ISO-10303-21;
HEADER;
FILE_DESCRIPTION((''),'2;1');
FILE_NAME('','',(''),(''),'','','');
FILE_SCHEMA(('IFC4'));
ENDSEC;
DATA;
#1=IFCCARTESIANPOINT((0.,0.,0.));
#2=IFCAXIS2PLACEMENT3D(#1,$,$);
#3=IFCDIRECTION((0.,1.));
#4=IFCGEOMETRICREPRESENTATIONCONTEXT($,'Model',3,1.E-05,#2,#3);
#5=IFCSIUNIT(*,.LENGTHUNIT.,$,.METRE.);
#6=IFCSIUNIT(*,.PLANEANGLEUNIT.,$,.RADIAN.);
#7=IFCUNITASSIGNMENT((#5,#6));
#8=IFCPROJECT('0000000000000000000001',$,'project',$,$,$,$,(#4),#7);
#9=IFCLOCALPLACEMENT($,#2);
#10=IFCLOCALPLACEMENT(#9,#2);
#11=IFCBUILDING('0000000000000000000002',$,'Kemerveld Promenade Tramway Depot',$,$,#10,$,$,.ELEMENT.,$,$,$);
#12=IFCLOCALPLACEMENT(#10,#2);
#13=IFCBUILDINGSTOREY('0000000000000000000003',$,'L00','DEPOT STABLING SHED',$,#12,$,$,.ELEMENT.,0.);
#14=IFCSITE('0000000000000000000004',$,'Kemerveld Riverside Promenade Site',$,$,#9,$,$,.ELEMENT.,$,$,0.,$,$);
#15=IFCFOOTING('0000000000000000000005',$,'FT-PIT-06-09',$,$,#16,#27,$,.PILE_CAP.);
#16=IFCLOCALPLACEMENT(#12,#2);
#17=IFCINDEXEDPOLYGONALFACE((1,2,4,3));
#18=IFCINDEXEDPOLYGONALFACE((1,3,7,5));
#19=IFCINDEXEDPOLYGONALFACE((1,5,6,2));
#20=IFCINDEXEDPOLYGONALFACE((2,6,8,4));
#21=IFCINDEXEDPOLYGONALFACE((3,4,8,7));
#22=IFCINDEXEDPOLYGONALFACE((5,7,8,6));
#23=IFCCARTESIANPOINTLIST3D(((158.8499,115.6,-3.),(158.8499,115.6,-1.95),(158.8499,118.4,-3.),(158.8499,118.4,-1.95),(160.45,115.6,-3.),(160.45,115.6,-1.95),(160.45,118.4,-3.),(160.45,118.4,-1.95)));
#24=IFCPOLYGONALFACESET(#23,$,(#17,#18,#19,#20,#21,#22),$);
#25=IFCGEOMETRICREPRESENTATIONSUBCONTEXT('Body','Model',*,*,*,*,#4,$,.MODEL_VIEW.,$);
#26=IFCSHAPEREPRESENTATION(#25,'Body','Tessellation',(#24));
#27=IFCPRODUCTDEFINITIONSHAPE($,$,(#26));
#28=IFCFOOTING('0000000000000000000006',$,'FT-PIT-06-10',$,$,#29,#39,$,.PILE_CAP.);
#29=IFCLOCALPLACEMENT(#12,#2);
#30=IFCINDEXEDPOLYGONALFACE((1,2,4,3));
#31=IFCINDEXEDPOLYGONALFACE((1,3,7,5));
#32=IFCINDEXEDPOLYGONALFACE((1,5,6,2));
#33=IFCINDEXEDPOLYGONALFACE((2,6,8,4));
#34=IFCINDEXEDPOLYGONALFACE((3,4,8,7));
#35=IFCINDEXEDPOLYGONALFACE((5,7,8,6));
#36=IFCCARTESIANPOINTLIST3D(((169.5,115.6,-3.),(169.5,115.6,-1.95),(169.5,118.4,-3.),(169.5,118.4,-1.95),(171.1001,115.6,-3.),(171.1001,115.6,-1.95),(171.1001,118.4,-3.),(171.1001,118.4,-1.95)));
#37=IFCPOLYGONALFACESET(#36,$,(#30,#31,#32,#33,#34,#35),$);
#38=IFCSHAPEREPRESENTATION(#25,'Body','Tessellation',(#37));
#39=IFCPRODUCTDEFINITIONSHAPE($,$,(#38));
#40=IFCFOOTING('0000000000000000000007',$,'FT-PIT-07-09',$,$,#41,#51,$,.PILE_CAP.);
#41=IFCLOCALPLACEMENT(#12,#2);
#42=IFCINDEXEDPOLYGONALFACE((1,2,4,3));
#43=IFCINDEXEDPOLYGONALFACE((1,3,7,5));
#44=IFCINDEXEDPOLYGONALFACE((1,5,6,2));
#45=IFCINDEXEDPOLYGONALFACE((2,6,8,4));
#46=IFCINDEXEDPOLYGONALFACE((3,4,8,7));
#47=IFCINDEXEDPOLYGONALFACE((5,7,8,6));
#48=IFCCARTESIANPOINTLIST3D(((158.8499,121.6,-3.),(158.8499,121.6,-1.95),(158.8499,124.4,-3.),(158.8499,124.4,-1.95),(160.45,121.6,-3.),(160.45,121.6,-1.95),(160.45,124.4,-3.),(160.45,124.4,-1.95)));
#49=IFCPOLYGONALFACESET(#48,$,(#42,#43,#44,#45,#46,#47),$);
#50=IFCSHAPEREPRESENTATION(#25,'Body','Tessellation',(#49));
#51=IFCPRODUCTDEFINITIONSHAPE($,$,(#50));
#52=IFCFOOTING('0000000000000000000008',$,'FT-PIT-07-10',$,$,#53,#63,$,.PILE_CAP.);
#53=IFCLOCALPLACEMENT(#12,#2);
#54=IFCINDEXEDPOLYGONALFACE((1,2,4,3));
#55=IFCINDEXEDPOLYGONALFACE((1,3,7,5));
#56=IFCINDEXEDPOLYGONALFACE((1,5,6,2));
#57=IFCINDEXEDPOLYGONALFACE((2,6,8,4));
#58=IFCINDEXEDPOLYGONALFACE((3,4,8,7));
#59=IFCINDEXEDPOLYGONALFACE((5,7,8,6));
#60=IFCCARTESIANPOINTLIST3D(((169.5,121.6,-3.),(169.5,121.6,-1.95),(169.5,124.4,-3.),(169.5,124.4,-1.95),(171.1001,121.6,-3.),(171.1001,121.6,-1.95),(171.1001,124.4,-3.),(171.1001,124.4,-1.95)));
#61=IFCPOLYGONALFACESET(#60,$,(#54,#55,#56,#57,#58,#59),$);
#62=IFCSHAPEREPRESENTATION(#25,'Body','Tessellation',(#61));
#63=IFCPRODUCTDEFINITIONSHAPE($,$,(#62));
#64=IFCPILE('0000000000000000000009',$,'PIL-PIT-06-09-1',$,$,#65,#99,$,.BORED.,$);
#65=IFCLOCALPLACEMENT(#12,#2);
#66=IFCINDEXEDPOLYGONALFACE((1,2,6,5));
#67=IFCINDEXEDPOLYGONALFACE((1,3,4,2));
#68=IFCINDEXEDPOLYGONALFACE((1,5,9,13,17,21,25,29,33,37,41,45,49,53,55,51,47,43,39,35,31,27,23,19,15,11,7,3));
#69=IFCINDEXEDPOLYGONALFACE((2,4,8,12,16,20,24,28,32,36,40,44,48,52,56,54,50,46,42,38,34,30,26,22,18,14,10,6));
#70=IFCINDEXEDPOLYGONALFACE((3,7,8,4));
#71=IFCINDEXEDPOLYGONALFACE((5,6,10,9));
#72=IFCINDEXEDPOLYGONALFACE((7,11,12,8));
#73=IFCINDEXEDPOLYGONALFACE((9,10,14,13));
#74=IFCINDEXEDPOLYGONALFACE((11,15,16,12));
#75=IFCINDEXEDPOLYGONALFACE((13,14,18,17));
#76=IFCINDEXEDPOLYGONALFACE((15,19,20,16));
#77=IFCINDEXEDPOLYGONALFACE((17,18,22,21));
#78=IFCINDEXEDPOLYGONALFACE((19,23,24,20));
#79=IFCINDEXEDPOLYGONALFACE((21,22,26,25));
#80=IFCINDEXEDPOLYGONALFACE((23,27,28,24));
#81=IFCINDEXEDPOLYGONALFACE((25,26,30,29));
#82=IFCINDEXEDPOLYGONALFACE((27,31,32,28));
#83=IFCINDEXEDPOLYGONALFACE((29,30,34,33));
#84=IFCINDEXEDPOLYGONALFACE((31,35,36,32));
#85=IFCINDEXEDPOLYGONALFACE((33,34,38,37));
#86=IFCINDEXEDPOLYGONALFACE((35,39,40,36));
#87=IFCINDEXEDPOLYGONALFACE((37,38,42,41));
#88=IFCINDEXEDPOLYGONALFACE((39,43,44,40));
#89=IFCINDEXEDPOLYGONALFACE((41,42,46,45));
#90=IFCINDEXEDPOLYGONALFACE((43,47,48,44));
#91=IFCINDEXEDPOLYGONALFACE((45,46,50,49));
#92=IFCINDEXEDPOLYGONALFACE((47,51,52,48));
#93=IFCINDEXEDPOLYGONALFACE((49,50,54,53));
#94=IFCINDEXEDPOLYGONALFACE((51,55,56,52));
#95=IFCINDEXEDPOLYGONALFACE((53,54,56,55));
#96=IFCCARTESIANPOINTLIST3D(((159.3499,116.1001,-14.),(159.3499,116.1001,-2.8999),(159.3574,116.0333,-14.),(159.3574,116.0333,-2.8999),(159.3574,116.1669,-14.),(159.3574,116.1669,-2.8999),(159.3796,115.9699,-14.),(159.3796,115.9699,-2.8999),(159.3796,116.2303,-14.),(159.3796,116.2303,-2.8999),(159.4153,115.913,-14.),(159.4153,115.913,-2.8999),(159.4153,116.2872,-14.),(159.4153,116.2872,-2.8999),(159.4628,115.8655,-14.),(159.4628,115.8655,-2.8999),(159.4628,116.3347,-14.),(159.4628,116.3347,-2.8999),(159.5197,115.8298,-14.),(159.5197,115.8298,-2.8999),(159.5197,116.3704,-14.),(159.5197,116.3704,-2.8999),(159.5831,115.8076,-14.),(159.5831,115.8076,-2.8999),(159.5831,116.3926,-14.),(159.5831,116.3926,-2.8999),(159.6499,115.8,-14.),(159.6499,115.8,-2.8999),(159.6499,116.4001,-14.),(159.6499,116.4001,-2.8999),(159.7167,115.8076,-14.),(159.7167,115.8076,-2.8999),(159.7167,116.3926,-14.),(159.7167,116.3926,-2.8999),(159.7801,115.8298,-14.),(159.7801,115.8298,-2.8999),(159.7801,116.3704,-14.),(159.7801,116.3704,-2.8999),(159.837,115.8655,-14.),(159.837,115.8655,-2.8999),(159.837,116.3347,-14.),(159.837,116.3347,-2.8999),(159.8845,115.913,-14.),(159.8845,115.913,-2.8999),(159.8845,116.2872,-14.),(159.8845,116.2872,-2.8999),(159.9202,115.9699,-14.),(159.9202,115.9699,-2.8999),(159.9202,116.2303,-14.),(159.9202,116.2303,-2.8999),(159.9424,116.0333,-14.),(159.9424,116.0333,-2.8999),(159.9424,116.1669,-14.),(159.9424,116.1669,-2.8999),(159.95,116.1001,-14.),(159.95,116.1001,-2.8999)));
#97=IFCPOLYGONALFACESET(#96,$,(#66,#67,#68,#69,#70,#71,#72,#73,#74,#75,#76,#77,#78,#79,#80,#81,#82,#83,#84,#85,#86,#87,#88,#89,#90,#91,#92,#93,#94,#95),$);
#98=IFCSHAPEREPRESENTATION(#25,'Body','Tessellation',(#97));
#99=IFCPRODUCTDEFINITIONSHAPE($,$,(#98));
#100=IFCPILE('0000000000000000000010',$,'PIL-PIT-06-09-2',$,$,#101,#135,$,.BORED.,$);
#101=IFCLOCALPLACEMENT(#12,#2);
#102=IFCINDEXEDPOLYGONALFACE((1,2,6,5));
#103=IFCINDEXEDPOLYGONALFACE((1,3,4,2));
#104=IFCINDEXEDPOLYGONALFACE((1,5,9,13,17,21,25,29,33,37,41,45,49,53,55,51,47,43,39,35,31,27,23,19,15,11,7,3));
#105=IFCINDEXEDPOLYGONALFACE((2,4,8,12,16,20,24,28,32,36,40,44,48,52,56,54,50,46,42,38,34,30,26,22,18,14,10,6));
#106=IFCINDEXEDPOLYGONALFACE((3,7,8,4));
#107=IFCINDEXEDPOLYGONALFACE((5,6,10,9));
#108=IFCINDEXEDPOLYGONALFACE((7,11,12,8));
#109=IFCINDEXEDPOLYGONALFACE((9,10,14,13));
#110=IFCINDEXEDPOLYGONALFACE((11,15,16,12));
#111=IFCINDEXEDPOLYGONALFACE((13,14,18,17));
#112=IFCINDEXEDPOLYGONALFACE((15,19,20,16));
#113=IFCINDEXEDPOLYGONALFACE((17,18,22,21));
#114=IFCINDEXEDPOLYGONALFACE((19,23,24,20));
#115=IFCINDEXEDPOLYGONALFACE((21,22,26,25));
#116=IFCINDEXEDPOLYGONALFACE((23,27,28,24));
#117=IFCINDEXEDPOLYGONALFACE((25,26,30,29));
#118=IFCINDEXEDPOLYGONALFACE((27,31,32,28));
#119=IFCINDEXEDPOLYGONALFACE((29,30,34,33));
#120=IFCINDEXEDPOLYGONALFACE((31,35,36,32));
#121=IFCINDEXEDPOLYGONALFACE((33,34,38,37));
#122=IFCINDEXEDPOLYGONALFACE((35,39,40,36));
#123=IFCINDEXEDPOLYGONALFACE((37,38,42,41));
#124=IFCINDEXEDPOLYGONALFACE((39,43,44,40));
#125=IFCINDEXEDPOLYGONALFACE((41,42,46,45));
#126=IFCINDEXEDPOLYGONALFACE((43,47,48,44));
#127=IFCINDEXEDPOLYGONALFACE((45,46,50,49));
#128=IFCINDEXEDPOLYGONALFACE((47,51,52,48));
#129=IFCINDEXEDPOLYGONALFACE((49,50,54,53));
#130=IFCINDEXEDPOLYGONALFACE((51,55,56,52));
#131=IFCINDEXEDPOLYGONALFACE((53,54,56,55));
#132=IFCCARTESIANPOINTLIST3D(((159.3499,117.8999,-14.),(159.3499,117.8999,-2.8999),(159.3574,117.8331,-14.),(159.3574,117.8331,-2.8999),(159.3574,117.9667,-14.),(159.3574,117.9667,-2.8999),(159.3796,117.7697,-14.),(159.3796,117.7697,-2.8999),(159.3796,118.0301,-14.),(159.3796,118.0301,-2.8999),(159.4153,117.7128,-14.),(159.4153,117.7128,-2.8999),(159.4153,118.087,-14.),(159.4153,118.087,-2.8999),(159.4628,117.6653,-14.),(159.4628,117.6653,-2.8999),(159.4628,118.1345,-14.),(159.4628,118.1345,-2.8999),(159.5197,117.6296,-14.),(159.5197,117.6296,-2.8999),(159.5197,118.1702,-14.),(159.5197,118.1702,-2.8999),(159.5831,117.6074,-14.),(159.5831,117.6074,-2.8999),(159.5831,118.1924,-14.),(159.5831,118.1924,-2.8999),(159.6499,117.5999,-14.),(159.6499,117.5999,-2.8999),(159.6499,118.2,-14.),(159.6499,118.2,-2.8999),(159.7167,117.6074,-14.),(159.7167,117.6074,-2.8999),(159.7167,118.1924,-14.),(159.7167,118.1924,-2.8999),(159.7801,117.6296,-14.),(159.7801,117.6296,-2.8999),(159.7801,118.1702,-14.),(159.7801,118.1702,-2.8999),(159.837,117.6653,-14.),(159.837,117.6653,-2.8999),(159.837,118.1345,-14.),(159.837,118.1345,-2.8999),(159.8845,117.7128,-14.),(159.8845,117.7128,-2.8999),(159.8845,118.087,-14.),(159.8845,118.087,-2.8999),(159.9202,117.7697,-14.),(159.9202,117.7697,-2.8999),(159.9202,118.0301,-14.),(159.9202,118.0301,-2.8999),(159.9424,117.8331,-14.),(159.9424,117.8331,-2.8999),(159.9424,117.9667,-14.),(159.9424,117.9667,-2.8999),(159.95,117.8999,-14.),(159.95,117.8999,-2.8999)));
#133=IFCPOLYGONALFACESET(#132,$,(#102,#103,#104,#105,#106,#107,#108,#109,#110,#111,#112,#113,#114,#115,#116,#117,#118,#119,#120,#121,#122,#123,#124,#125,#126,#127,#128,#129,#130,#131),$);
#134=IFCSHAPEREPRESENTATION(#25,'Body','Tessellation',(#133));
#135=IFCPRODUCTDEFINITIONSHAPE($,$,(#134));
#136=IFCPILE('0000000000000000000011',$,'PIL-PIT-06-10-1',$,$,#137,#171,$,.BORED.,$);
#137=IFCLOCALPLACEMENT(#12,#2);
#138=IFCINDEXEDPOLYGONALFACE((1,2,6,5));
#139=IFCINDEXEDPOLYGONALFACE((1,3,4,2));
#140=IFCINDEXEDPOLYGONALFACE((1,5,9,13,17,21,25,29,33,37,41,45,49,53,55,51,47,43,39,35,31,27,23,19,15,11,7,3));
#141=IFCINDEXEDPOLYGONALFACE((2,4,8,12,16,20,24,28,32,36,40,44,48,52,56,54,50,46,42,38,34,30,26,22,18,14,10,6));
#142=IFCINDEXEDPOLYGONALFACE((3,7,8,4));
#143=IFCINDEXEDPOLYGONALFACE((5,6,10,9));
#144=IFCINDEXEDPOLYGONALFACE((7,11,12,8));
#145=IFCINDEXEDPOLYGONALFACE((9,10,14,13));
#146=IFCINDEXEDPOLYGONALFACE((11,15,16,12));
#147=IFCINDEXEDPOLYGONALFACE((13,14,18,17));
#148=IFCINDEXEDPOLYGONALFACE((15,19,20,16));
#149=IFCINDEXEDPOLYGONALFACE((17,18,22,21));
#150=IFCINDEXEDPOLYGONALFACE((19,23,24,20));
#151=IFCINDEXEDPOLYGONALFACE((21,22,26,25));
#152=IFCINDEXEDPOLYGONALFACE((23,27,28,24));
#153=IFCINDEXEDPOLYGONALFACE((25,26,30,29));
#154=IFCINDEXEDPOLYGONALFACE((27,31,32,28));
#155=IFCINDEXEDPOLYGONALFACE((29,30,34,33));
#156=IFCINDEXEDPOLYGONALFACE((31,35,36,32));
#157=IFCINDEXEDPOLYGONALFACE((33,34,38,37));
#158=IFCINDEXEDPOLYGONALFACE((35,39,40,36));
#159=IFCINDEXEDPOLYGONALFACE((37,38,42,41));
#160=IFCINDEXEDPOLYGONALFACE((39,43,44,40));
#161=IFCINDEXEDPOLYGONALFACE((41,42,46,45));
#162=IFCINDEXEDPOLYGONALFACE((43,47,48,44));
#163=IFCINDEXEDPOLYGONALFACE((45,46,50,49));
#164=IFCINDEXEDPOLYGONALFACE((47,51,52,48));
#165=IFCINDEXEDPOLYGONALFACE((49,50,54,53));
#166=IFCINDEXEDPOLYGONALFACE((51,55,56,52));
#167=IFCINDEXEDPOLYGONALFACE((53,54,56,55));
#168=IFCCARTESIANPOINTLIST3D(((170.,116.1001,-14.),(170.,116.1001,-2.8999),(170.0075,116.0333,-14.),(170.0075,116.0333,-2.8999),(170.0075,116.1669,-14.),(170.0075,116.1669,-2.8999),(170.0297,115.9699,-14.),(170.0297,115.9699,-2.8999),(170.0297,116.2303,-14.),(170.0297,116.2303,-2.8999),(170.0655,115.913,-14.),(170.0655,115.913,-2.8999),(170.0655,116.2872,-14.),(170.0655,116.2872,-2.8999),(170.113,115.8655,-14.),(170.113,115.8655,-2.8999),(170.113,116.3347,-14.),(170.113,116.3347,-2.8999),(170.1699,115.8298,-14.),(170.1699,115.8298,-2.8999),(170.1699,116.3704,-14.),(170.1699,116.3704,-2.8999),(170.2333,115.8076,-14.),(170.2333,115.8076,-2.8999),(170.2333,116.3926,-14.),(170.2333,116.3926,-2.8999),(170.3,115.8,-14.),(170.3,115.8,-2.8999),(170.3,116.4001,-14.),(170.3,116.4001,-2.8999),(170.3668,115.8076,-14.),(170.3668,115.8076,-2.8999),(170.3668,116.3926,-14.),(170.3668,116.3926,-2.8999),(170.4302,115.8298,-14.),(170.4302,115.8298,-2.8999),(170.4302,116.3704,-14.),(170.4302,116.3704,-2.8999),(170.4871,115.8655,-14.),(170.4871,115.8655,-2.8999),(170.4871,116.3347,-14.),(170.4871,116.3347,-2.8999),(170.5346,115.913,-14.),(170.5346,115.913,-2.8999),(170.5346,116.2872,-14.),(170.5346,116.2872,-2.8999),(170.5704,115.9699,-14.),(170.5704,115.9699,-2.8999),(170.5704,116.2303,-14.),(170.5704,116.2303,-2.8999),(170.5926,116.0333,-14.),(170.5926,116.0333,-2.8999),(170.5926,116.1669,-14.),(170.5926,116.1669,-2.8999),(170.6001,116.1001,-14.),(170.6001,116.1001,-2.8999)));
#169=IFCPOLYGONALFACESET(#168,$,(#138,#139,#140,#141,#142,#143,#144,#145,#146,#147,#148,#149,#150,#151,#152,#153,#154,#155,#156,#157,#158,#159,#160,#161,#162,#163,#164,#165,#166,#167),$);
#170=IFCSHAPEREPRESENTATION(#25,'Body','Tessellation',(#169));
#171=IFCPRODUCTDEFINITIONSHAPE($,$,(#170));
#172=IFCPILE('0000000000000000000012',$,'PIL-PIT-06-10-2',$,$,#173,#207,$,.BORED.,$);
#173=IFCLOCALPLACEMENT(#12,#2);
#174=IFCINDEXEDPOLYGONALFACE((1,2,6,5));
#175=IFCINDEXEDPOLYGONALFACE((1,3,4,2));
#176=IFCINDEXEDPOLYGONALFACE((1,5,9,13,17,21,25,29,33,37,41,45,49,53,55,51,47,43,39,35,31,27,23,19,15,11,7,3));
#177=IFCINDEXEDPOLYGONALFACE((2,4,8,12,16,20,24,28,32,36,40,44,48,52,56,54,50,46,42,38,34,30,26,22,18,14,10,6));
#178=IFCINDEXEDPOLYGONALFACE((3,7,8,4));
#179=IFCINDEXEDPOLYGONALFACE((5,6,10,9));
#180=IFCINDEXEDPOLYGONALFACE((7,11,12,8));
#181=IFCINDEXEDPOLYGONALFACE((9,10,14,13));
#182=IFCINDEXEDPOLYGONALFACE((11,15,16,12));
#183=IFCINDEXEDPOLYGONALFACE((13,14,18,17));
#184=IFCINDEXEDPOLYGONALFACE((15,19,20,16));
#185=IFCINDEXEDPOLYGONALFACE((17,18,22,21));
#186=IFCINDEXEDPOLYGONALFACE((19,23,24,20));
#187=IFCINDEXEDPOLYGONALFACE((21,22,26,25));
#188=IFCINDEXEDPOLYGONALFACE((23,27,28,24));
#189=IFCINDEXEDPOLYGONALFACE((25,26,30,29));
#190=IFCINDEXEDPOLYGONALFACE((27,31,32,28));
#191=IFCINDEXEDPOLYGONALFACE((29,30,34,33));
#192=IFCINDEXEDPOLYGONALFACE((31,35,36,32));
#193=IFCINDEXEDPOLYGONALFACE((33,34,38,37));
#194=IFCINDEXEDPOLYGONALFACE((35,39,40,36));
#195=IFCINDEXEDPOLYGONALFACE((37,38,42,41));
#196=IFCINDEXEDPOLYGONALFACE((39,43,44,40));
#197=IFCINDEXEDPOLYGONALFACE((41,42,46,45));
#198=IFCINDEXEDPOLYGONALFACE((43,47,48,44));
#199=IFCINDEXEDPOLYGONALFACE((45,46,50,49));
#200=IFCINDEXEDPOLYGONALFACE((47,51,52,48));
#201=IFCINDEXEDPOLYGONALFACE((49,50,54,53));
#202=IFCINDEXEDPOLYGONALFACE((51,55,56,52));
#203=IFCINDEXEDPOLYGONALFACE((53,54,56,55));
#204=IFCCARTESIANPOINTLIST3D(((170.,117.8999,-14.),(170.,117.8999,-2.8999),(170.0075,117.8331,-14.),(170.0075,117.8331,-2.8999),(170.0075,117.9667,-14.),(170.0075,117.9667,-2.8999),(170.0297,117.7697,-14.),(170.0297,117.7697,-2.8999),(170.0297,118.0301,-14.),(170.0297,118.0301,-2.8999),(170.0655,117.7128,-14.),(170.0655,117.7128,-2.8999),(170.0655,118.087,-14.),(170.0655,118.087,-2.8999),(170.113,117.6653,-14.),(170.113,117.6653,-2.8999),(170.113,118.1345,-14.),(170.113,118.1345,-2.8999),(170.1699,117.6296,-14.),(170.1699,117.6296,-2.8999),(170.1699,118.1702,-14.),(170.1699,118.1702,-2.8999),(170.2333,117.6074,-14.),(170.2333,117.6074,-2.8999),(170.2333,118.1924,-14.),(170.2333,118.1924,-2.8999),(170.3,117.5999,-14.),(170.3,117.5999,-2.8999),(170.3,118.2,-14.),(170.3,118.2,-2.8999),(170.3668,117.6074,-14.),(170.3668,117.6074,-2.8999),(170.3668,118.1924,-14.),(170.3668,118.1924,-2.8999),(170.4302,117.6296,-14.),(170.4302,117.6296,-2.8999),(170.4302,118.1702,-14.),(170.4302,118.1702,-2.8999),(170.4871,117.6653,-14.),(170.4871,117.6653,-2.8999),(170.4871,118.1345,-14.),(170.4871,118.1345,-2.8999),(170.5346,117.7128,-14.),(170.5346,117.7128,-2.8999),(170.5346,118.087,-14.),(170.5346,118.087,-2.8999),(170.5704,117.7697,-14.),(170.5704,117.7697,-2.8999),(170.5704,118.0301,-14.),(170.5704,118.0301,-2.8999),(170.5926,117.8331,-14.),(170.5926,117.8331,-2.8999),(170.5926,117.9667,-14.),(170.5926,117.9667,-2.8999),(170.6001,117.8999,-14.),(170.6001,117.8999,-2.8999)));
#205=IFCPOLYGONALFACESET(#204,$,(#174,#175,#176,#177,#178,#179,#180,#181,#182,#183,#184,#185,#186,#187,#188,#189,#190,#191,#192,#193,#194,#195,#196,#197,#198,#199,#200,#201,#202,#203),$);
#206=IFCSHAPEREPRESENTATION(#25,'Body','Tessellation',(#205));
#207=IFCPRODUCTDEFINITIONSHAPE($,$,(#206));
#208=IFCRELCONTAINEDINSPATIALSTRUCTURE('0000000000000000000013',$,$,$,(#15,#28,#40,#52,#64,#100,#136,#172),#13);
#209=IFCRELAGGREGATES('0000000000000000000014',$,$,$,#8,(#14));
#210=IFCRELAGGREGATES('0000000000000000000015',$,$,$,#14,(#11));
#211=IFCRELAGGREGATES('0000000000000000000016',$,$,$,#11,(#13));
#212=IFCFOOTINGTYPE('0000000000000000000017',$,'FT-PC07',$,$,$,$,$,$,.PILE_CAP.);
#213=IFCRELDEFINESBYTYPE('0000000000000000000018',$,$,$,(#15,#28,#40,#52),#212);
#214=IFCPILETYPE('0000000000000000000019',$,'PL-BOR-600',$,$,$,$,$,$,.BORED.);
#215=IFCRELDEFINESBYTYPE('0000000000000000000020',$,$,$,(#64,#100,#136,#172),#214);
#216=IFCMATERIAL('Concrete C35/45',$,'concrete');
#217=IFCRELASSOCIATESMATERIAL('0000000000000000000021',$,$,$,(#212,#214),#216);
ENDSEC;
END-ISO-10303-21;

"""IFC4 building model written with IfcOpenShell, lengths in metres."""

from ifc_helpers import new_model, si_unit, direction, frame, origin, origin_2d, place, context, subcontext, project, spatial, rectangle, circle, extrude, material, material_profile, profile_set, type_object, element, save


model = new_model("IFC4")

# Units and contexts
model_context = context("Model", 3, precision=1e-05, world=origin(), true_north=direction((0.0, 1.0)))
body_context = subcontext(model_context, "Body", "Model", "MODEL_VIEW")
ifc_project = project(units=[si_unit("LENGTHUNIT", "METRE"), si_unit("PLANEANGLEUNIT", "RADIAN")], contexts=[model_context])

# Site, building, storey
site_placement = place(None, origin())
site = spatial("IfcSite", under=ifc_project, at=site_placement, Name="Kemerveld Riverside Promenade Site", CompositionType="ELEMENT", RefElevation=0.0)
building_placement = place(site_placement, origin())
building = spatial("IfcBuilding", under=site, at=building_placement, Name="Kemerveld Promenade Tramway Depot", CompositionType="ELEMENT")
storey_placement = place(building_placement, origin())
storey = spatial("IfcBuildingStorey", under=building, at=storey_placement, Name="L00", Description="DEPOT STABLING SHED", CompositionType="ELEMENT", Elevation=0.0)

# Footings
ifc_material_1 = material(Name="Concrete C35/45", Category="concrete")
footing_type = type_object("IfcFootingType", Name="FT-PC07", PredefinedType="PILE_CAP", material=ifc_material_1)
for number, where, z_axis, x_axis, name in (
    (1, (159.6499, 117.0, -3.0), (0.0, 0.0, 1.0), (1.0, 0.0, 0.0), "FT-PIT-06-09"),
    (2, (170.3, 117.0, -3.0), (0.0, 0.0, 1.0), (1.0, 0.0, 0.0), "FT-PIT-06-10"),
    (3, (159.6499, 123.0, -3.0), (0.0, 0.0, 1.0), (1.0, 0.0, 0.0), "FT-PIT-07-09"),
    (4, (170.3, 123.0, -3.0), (0.0, 0.0, 1.0), (1.0, 0.0, 0.0), "FT-PIT-07-10"),
):
    element("IfcFooting", number, at=place(storey_placement, frame(where, z_axis=z_axis, x_axis=x_axis)), inside=storey, type_object=footing_type, Name=name, PredefinedType="PILE_CAP", context=body_context, shape_type="SweptSolid", body=[
        extrude(rectangle(XDim=1.6001, YDim=2.8, at=origin_2d()), origin(), (0.0, 0.0, 1.0), 1.05),
    ])

# Piles
ifc_material_profile_1 = material_profile(ifc_material_1, circle(Radius=0.3, at=origin_2d()), Name="PILE-D600")
ifc_profile_set_1 = profile_set([ifc_material_profile_1], Name="Concrete C35/45")
pile_type = type_object("IfcPileType", Name="PL-BOR-600", PredefinedType="BORED", material=ifc_profile_set_1)
for number, where, z_axis, x_axis, name in (
    (5, (159.6499, 116.1001, -2.8999), (0.0, 0.0, -1.0), (1.0, 0.0, 0.0), "PIL-PIT-06-09-1"),
    (6, (159.6499, 117.8999, -2.8999), (0.0, 0.0, -1.0), (1.0, 0.0, 0.0), "PIL-PIT-06-09-2"),
    (7, (170.3, 116.1001, -2.8999), (0.0, 0.0, -1.0), (1.0, 0.0, 0.0), "PIL-PIT-06-10-1"),
    (8, (170.3, 117.8999, -2.8999), (0.0, 0.0, -1.0), (1.0, 0.0, 0.0), "PIL-PIT-06-10-2"),
):
    element("IfcPile", number, at=place(storey_placement, frame(where, z_axis=z_axis, x_axis=x_axis)), inside=storey, type_object=pile_type, Name=name, PredefinedType="BORED", context=body_context, shape_type="SweptSolid", body=[
        extrude(circle(Radius=0.3, at=origin_2d()), origin(), (0.0, 0.0, 1.0), 11.1001),
    ])

save(model, "model.ifc")
